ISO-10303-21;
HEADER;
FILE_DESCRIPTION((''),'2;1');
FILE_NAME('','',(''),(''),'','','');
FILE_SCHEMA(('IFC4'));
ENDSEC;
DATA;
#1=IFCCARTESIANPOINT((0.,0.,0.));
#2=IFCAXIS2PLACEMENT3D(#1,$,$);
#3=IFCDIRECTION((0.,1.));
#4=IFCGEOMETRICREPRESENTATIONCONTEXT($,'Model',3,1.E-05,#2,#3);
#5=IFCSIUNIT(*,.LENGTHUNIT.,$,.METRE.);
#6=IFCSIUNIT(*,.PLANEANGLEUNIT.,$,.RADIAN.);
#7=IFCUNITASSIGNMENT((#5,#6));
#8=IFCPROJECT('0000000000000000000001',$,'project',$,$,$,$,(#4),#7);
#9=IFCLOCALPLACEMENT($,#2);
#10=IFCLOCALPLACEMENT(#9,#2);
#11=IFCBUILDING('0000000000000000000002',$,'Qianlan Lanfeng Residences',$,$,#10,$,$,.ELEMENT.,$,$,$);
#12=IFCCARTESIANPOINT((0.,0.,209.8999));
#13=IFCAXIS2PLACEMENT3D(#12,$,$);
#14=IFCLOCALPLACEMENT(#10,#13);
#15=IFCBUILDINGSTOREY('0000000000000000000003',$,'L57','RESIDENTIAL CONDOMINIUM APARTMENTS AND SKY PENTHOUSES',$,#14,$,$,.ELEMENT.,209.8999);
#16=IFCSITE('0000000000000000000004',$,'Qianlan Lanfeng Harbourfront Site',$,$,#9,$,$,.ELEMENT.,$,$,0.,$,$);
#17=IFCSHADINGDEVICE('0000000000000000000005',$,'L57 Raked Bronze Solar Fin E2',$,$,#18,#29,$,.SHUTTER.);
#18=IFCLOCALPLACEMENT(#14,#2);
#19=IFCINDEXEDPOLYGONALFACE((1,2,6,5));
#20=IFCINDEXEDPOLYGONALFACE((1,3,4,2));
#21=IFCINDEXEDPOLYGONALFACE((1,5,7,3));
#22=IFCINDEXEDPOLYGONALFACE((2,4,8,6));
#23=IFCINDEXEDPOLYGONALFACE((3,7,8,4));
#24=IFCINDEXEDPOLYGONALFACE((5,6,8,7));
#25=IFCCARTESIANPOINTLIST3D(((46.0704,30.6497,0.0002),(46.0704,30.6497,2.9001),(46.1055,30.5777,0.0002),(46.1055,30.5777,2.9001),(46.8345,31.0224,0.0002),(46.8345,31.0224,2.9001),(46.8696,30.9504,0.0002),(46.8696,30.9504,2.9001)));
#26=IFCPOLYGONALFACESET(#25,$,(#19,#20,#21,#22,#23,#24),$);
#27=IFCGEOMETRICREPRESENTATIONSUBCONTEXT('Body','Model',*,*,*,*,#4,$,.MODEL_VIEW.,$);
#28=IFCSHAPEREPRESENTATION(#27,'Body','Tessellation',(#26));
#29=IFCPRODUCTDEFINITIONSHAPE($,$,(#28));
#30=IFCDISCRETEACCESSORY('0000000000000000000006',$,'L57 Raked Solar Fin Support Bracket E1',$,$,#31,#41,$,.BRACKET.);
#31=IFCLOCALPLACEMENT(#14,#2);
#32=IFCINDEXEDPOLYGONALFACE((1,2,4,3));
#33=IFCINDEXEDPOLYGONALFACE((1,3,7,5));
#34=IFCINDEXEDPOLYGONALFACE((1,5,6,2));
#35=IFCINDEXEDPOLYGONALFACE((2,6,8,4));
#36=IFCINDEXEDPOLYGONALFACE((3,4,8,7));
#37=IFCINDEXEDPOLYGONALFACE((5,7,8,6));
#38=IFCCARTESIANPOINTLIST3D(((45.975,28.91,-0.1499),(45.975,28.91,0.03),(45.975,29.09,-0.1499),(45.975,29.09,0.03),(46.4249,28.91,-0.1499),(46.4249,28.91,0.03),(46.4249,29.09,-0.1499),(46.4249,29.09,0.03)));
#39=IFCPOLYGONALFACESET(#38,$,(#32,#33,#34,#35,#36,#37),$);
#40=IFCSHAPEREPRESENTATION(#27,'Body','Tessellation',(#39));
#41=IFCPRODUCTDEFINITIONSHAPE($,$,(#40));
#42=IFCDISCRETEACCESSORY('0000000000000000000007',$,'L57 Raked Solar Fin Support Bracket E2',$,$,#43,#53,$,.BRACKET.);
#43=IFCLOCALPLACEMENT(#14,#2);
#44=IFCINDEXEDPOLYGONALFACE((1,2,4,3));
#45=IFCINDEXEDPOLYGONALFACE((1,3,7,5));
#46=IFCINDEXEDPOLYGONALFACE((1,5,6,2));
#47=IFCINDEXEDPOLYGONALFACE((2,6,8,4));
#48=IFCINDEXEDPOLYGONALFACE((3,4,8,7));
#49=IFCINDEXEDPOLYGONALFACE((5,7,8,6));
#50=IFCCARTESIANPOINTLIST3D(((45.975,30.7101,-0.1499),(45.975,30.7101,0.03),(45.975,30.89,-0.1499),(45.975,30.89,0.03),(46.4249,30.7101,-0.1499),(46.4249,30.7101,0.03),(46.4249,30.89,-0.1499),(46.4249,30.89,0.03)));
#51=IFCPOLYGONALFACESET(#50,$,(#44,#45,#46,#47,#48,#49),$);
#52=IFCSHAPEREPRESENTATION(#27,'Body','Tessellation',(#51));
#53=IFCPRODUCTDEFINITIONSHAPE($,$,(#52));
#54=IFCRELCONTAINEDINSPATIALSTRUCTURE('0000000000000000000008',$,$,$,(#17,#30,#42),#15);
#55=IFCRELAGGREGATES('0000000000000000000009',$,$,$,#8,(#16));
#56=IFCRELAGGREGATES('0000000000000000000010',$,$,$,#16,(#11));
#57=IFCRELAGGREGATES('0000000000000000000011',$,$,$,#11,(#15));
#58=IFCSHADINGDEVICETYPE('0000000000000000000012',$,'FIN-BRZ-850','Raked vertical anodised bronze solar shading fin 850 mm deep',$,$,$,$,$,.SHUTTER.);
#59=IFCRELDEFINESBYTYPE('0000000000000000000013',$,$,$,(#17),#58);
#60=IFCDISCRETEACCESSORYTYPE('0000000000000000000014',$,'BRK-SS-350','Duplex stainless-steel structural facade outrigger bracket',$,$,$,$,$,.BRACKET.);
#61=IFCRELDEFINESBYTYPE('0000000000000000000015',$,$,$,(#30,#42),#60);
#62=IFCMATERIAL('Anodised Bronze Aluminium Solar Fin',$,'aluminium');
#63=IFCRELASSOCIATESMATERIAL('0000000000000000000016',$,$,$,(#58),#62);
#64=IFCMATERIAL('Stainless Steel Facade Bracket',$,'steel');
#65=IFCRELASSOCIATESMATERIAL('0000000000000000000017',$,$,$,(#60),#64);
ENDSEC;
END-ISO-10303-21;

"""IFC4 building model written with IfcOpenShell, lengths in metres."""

from ifc_helpers import new_model, si_unit, direction, frame, origin, origin_2d, place, context, subcontext, project, spatial, rectangle, extrude, source, transform, mapped, material, type_object, element, save


model = new_model("IFC4")

# Units and contexts
model_context = context("Model", 3, precision=1e-05, world=origin(), true_north=direction((0.0, 1.0)))
body_context = subcontext(model_context, "Body", "Model", "MODEL_VIEW")
ifc_project = project(units=[si_unit("LENGTHUNIT", "METRE"), si_unit("PLANEANGLEUNIT", "RADIAN")], contexts=[model_context])

# Site, building, storey
site_placement = place(None, origin())
site = spatial("IfcSite", under=ifc_project, at=site_placement, Name="Qianlan Lanfeng Harbourfront Site", CompositionType="ELEMENT", RefElevation=0.0)
building_placement = place(site_placement, origin())
building = spatial("IfcBuilding", under=site, at=building_placement, Name="Qianlan Lanfeng Residences", CompositionType="ELEMENT")
storey_placement = place(building_placement, frame((0.0, 0.0, 209.8999)))
storey = spatial("IfcBuildingStorey", under=building, at=storey_placement, Name="L57", Description="RESIDENTIAL CONDOMINIUM APARTMENTS AND SKY PENTHOUSES", CompositionType="ELEMENT", Elevation=209.8999)

# Shading device
ifc_material_1 = material(Name="Anodised Bronze Aluminium Solar Fin", Category="aluminium")
shading_device_type = type_object("IfcShadingDeviceType", Name="FIN-BRZ-850", Description="Raked vertical anodised bronze solar shading fin 850 mm deep", PredefinedType="SHUTTER", material=ifc_material_1)
shared_shape_1 = source(origin(), body_context, "Body", "SweptSolid", [
    extrude(rectangle(XDim=0.8501, YDim=0.0801, at=origin_2d()), origin(), (0.0, 0.0, 1.0), 2.8999),
])
for number, where, z_axis, x_axis, name in (
    (1, (46.47, 30.8, 0.0002), (0.0, 0.0, 1.0), (0.898794, 0.438371, 0.0), "L57 Raked Bronze Solar Fin E2"),
):
    element("IfcShadingDevice", number, at=place(storey_placement, frame(where, z_axis=z_axis, x_axis=x_axis)), inside=storey, type_object=shading_device_type, Name=name, PredefinedType="SHUTTER", context=body_context, shape_type="MappedRepresentation", body=[
        mapped(shared_shape_1, transform((0.0, 0.0, 0.0), scale=1.0)),
    ])

# Discrete accessories
ifc_material_2 = material(Name="Stainless Steel Facade Bracket", Category="steel")
discrete_accessory_type = type_object("IfcDiscreteAccessoryType", Name="BRK-SS-350", Description="Duplex stainless-steel structural facade outrigger bracket", PredefinedType="BRACKET", material=ifc_material_2)
shared_shape_2 = source(origin(), body_context, "Body", "SweptSolid", [
    extrude(rectangle(XDim=0.45, YDim=0.1799, at=origin_2d()), origin(), (0.0, 0.0, 1.0), 0.1799),
])
for number, where, z_axis, x_axis, name in (
    (2, (46.2, 29.0, -0.1499), (0.0, 0.0, 1.0), (1.0, 0.0, 0.0), "L57 Raked Solar Fin Support Bracket E1"),
    (3, (46.2, 30.8, -0.1499), (0.0, 0.0, 1.0), (1.0, 0.0, 0.0), "L57 Raked Solar Fin Support Bracket E2"),
):
    element("IfcDiscreteAccessory", number, at=place(storey_placement, frame(where, z_axis=z_axis, x_axis=x_axis)), inside=storey, type_object=discrete_accessory_type, Name=name, PredefinedType="BRACKET", context=body_context, shape_type="MappedRepresentation", body=[
        mapped(shared_shape_2, transform((0.0, 0.0, 0.0), scale=1.0)),
    ])

save(model, "model.ifc")
